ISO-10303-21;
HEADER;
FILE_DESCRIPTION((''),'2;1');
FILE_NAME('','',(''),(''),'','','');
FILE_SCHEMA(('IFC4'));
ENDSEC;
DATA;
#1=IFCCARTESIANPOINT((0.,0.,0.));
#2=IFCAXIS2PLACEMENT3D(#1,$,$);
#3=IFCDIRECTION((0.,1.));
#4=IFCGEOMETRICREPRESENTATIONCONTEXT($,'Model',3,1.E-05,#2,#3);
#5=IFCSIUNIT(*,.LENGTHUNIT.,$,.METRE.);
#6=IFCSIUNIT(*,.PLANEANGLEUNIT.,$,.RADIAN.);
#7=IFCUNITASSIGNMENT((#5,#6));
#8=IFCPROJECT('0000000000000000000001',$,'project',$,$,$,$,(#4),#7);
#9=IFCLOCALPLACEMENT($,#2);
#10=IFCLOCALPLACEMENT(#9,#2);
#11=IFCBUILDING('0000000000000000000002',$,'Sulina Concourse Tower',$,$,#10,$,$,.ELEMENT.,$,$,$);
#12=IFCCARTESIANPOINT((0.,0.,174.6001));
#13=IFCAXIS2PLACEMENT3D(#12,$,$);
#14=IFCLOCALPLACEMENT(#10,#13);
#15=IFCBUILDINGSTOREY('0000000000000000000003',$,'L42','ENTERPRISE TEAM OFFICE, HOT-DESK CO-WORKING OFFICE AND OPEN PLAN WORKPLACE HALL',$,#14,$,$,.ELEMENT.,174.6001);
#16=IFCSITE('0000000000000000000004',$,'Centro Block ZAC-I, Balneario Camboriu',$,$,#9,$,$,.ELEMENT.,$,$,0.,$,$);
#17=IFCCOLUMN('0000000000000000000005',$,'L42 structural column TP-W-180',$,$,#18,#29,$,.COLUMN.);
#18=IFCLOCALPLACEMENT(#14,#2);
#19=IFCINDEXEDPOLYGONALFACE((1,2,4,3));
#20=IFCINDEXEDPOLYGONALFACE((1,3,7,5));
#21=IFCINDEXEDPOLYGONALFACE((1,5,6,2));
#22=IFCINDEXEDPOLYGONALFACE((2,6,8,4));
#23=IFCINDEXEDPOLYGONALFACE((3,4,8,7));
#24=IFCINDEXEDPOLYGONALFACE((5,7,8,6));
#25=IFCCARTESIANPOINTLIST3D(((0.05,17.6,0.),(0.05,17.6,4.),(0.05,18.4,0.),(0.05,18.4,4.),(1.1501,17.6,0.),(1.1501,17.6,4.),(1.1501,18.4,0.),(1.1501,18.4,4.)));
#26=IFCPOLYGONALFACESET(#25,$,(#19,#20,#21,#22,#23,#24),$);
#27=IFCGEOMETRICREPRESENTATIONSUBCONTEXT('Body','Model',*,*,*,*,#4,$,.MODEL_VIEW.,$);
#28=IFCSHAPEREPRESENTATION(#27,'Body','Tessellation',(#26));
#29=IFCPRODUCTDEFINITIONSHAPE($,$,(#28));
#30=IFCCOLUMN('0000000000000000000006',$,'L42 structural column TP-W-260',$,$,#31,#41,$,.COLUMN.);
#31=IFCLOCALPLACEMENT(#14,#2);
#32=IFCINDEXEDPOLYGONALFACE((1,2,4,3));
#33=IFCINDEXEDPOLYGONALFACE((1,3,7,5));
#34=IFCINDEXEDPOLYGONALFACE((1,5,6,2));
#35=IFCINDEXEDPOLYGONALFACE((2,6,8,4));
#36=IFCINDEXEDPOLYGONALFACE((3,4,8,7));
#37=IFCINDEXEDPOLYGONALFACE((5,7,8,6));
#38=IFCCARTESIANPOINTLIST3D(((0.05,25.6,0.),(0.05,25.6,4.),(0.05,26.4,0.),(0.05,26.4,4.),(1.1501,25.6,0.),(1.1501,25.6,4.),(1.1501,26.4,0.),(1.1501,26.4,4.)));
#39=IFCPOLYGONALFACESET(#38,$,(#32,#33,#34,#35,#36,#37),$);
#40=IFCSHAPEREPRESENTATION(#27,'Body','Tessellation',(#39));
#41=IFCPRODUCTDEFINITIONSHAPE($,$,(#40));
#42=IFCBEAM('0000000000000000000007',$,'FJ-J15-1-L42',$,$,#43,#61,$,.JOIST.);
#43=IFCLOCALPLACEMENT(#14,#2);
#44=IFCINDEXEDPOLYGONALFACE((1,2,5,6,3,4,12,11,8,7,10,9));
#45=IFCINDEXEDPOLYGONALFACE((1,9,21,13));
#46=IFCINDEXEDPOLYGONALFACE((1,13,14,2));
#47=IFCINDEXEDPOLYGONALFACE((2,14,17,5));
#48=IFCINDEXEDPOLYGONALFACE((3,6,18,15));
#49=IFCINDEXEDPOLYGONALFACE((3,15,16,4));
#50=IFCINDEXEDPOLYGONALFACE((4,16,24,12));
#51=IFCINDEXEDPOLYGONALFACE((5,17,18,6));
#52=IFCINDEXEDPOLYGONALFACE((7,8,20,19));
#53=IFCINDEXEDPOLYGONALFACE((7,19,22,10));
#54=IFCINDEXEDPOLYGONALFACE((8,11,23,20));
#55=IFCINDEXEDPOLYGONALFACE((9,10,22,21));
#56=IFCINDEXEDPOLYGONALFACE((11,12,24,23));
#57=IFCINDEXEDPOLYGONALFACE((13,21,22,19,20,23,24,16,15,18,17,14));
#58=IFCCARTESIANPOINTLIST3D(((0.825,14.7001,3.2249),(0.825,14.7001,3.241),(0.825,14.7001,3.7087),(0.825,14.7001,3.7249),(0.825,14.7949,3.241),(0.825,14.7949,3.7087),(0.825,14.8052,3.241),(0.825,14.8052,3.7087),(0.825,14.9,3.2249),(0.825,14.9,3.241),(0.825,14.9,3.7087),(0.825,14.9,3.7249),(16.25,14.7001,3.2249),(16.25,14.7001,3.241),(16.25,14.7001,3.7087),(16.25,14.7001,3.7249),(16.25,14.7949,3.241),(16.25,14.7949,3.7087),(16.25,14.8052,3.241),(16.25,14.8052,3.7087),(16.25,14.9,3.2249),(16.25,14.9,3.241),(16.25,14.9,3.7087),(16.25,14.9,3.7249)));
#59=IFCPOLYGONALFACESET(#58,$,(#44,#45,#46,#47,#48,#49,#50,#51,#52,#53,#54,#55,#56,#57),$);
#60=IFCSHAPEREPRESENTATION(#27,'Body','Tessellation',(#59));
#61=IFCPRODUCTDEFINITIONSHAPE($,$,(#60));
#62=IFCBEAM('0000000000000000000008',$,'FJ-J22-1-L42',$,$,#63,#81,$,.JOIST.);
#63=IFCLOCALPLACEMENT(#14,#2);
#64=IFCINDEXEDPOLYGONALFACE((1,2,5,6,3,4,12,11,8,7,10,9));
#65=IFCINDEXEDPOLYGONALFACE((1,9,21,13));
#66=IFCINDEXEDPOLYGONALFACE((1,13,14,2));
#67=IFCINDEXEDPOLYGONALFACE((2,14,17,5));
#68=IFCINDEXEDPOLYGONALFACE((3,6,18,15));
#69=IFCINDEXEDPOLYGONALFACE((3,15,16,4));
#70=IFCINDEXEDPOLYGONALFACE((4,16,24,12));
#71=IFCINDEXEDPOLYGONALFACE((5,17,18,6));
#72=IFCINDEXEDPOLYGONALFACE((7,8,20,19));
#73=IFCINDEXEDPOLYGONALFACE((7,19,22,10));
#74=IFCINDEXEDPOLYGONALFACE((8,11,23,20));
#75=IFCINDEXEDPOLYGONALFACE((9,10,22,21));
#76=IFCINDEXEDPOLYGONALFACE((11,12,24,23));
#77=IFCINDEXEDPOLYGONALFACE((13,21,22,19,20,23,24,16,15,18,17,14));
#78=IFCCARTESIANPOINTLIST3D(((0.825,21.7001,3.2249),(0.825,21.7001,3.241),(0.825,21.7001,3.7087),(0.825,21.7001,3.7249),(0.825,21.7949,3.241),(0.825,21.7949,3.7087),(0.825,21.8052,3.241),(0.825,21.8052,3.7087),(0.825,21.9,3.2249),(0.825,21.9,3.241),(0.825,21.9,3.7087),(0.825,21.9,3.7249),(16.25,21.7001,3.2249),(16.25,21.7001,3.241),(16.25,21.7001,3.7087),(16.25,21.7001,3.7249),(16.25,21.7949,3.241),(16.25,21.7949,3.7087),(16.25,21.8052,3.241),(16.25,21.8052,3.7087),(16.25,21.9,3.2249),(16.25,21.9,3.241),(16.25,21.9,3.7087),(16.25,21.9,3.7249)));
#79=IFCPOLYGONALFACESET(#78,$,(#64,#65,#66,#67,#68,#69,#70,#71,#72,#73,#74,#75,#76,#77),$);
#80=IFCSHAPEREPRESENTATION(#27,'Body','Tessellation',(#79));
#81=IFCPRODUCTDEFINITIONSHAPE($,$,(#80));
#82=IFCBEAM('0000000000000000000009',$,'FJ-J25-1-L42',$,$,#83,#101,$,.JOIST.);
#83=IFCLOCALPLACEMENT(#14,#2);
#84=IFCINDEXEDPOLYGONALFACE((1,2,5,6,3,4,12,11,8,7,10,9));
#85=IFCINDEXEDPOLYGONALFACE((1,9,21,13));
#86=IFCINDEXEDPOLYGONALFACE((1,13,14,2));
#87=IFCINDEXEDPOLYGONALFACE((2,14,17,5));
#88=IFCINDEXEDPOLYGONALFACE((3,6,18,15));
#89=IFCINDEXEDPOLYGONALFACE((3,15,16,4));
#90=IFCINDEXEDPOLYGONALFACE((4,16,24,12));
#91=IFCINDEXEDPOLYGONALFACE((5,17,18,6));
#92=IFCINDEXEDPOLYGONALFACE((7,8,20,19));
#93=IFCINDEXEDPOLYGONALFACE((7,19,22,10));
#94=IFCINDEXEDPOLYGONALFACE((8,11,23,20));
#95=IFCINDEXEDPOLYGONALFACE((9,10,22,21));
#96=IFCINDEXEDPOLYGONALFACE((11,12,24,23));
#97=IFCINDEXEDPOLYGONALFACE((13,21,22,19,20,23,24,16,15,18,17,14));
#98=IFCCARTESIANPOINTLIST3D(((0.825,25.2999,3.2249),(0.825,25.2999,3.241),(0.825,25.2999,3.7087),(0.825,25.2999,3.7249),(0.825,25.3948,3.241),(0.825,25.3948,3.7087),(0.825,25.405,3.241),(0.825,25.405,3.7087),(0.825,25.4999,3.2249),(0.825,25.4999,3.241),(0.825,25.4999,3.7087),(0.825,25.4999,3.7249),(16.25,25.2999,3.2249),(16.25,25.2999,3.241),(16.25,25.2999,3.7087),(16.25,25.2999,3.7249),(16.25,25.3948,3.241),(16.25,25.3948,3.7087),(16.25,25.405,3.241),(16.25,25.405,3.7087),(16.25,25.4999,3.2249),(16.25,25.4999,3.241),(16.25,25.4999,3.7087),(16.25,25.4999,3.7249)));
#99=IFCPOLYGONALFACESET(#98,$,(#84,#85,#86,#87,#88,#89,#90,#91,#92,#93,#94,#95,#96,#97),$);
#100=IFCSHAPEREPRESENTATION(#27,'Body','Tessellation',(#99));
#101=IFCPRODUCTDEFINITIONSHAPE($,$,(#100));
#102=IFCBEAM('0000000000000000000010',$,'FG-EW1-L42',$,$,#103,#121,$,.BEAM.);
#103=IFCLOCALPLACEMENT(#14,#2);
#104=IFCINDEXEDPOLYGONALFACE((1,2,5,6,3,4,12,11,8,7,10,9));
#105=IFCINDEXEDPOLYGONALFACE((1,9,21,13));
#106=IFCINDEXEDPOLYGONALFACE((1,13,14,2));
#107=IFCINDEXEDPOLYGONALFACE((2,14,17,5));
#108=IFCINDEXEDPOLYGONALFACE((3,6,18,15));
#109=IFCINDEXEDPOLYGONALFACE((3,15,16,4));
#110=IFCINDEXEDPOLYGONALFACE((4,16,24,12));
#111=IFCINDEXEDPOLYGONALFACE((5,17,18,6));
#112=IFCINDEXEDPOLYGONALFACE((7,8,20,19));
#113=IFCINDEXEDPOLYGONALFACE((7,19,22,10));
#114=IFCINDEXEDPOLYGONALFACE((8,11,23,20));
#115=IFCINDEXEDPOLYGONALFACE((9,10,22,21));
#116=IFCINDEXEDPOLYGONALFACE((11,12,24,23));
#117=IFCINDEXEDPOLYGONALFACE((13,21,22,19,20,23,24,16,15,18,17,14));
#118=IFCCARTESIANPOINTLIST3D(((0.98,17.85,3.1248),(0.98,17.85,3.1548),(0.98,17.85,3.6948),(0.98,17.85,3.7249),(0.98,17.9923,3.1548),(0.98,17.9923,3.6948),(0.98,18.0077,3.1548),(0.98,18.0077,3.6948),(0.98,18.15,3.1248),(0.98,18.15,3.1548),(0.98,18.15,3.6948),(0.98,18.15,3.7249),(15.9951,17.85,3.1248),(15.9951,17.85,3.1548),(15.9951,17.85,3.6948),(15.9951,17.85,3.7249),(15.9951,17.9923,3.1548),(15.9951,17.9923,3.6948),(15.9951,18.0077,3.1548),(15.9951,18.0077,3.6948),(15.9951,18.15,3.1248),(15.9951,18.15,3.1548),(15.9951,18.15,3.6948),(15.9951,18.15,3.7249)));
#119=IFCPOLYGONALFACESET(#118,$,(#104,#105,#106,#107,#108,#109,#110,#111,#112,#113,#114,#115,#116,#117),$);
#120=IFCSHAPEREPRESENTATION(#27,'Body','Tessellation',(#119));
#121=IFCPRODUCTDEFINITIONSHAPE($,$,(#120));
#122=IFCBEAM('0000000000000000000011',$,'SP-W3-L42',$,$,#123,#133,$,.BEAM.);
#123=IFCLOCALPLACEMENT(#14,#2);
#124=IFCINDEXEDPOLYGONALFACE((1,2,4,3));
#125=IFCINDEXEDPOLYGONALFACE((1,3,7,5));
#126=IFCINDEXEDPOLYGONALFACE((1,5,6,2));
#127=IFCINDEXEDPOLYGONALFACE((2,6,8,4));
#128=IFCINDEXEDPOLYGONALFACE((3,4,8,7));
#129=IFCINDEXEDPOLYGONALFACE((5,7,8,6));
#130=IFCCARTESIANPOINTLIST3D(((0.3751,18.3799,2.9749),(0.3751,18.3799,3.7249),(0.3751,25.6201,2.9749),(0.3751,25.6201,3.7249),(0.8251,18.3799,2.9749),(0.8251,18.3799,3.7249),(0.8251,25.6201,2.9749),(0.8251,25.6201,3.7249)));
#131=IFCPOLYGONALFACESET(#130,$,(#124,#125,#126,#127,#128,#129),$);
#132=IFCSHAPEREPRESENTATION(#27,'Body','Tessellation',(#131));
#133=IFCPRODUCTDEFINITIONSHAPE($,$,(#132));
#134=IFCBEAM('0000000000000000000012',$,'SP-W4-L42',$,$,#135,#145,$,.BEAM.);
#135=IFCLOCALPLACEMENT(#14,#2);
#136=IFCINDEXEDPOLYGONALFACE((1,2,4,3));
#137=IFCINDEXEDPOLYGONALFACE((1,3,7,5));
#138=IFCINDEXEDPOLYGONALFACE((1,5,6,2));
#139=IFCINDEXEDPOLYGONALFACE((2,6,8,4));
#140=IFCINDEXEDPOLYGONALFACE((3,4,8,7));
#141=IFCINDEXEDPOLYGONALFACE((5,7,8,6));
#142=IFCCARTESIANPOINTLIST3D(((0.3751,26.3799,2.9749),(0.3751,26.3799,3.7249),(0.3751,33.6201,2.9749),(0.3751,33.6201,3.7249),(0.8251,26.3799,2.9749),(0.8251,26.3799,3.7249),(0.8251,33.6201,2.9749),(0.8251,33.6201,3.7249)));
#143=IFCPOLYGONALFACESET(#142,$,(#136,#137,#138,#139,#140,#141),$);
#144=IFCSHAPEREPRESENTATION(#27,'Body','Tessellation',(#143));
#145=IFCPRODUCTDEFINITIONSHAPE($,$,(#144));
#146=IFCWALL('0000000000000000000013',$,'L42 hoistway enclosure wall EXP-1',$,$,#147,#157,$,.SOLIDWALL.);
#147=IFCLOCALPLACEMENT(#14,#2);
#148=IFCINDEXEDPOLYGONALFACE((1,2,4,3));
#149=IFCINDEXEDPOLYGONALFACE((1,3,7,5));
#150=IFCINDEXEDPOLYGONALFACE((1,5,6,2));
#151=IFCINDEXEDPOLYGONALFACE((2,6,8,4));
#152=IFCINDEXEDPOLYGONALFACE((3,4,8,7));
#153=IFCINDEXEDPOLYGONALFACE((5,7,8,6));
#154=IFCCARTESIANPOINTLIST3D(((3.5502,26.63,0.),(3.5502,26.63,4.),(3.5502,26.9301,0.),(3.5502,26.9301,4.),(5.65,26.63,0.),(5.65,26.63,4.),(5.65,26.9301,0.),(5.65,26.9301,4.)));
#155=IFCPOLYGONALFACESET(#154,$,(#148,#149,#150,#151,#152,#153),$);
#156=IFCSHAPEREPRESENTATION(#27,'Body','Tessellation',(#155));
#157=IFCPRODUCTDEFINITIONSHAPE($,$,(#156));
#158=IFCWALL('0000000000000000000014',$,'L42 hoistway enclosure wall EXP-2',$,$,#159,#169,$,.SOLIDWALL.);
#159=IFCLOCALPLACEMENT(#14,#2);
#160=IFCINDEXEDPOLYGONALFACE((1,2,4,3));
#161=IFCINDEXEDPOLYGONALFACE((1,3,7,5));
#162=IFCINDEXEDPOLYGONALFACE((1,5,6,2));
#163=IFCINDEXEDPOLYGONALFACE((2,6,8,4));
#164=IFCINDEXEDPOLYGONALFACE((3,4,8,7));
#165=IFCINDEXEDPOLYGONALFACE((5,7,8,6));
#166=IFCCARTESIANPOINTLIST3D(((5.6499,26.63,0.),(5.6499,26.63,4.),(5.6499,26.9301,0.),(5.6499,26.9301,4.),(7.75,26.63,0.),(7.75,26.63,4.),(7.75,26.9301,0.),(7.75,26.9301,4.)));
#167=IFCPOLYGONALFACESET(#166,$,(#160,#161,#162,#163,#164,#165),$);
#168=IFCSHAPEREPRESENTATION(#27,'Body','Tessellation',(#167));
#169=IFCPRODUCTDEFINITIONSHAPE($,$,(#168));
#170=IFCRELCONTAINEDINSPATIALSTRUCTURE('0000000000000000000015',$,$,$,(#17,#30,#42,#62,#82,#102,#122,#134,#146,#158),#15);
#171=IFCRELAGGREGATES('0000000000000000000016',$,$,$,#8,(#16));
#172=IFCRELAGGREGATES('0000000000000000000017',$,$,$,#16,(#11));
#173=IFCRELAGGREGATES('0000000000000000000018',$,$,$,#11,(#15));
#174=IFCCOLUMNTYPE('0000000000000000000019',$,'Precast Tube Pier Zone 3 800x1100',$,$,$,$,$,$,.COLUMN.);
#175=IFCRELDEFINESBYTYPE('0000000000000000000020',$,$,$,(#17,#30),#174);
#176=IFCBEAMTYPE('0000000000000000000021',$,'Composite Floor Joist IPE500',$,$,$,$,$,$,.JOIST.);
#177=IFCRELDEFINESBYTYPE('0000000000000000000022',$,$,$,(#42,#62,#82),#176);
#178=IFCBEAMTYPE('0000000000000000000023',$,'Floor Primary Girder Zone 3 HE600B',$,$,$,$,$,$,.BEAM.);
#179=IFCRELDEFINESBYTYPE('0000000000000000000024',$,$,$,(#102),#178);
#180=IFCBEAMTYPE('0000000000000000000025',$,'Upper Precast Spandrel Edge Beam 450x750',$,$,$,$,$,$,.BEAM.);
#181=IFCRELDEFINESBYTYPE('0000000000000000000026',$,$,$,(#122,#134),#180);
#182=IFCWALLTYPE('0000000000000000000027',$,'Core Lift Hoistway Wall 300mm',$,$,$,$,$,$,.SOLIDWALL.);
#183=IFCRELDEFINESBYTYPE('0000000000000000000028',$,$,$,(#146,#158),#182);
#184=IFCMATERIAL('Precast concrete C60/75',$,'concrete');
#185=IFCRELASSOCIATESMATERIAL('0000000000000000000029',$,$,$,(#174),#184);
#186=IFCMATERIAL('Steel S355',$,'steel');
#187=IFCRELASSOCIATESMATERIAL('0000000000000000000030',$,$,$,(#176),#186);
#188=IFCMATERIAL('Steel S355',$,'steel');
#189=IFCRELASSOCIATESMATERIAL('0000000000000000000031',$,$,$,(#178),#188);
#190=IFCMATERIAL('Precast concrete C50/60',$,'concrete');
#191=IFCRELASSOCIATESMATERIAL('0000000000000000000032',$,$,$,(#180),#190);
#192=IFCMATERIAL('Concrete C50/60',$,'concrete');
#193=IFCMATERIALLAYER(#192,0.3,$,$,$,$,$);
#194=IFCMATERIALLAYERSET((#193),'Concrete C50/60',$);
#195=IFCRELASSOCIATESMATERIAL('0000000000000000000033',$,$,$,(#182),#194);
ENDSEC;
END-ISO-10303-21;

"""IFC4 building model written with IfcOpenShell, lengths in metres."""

from ifc_helpers import new_model, si_unit, direction, frame, frame_2d, origin, origin_2d, place, context, subcontext, project, spatial, rectangle, i_section, extrude, material, layer, layer_set, material_profile, profile_set, type_object, element, save


model = new_model("IFC4")

# Units and contexts
model_context = context("Model", 3, precision=1e-05, world=origin(), true_north=direction((0.0, 1.0)))
body_context = subcontext(model_context, "Body", "Model", "MODEL_VIEW")
ifc_project = project(units=[si_unit("LENGTHUNIT", "METRE"), si_unit("PLANEANGLEUNIT", "RADIAN")], contexts=[model_context])

# Site, building, storey
site_placement = place(None, origin())
site = spatial("IfcSite", under=ifc_project, at=site_placement, Name="Centro Block ZAC-I, Balneario Camboriu", CompositionType="ELEMENT", RefElevation=0.0)
building_placement = place(site_placement, origin())
building = spatial("IfcBuilding", under=site, at=building_placement, Name="Sulina Concourse Tower", CompositionType="ELEMENT")
storey_placement = place(building_placement, frame((0.0, 0.0, 174.6001)))
storey = spatial("IfcBuildingStorey", under=building, at=storey_placement, Name="L42", Description="ENTERPRISE TEAM OFFICE, HOT-DESK CO-WORKING OFFICE AND OPEN PLAN WORKPLACE HALL", CompositionType="ELEMENT", Elevation=174.6001)

# Columns
ifc_material_1 = material(Name="Precast concrete C60/75", Category="concrete")
ifc_material_profile_1 = material_profile(ifc_material_1, rectangle(XDim=0.8, YDim=1.1001, at=origin_2d()), Name="PC 800x1100")
ifc_profile_set_1 = profile_set([ifc_material_profile_1], Name="Precast concrete C60/75")
column_type = type_object("IfcColumnType", Name="Precast Tube Pier Zone 3 800x1100", PredefinedType="COLUMN", material=ifc_profile_set_1)
for number, where, z_axis, x_axis, name in (
    (1, (0.6001, 18.0, 0.0), (0.0, 0.0, 1.0), (0.0, 1.0, 0.0), "L42 structural column TP-W-180"),
    (2, (0.6001, 26.0, 0.0), (0.0, 0.0, 1.0), (0.0, 1.0, 0.0), "L42 structural column TP-W-260"),
):
    element("IfcColumn", number, at=place(storey_placement, frame(where, z_axis=z_axis, x_axis=x_axis)), inside=storey, type_object=column_type, Name=name, PredefinedType="COLUMN", context=body_context, shape_type="SweptSolid", body=[
        extrude(rectangle(XDim=0.8, YDim=1.1001, at=origin_2d()), origin(), (0.0, 0.0, 1.0), 4.0),
    ])

# Beams
ifc_material_2 = material(Name="Steel S355", Category="steel")
ifc_material_profile_2 = material_profile(ifc_material_2, i_section(OverallWidth=0.2, OverallDepth=0.5, WebThickness=0.0103, FlangeThickness=0.0161, at=origin_2d()), Name="IPE 500")
ifc_profile_set_2 = profile_set([ifc_material_profile_2], Name="Steel S355")
beam_type_1 = type_object("IfcBeamType", Name="Composite Floor Joist IPE500", PredefinedType="JOIST", material=ifc_profile_set_2)
for number, where, z_axis, x_axis, name in (
    (3, (0.825, 14.8, 3.4749), (1.0, 0.0, 0.0), (0.0, 1.0, 0.0), "FJ-J15-1-L42"),
    (4, (0.825, 21.8, 3.4749), (1.0, 0.0, 0.0), (0.0, 1.0, 0.0), "FJ-J22-1-L42"),
    (5, (0.825, 25.3999, 3.4749), (1.0, 0.0, 0.0), (0.0, 1.0, 0.0), "FJ-J25-1-L42"),
):
    element("IfcBeam", number, at=place(storey_placement, frame(where, z_axis=z_axis, x_axis=x_axis)), inside=storey, type_object=beam_type_1, Name=name, PredefinedType="JOIST", context=body_context, shape_type="SweptSolid", body=[
        extrude(i_section(OverallWidth=0.2, OverallDepth=0.5, WebThickness=0.0103, FlangeThickness=0.0161, at=origin_2d()), origin(), (0.0, 0.0, 1.0), 15.425),
    ])
ifc_material_3 = material(Name="Steel S355", Category="steel")
ifc_material_profile_3 = material_profile(ifc_material_3, i_section(OverallWidth=0.3, OverallDepth=0.6001, WebThickness=0.0154, FlangeThickness=0.03, at=origin_2d()), Name="HE 600 B")
ifc_profile_set_3 = profile_set([ifc_material_profile_3], Name="Steel S355")
beam_type_2 = type_object("IfcBeamType", Name="Floor Primary Girder Zone 3 HE600B", PredefinedType="BEAM", material=ifc_profile_set_3)
beam_placement = place(storey_placement, frame((0.98, 18.0, 3.4248), z_axis=(1.0, 0.0, 0.0), x_axis=(0.0, 1.0, 0.0)))
element("IfcBeam", 6, at=beam_placement, inside=storey, type_object=beam_type_2, Name="FG-EW1-L42", PredefinedType="BEAM", context=body_context, shape_type="SweptSolid", body=[
    extrude(i_section(OverallWidth=0.3, OverallDepth=0.6001, WebThickness=0.0154, FlangeThickness=0.03, at=origin_2d()), origin(), (0.0, 0.0, 1.0), 15.0151),
])
ifc_material_4 = material(Name="Precast concrete C50/60", Category="concrete")
ifc_material_profile_4 = material_profile(ifc_material_4, rectangle(XDim=0.45, YDim=0.75, at=origin_2d()), Name="RC 450x750")
ifc_profile_set_4 = profile_set([ifc_material_profile_4], Name="Precast concrete C50/60")
beam_type_3 = type_object("IfcBeamType", Name="Upper Precast Spandrel Edge Beam 450x750", PredefinedType="BEAM", material=ifc_profile_set_4)
for number, where, z_axis, x_axis, name in (
    (7, (0.6001, 18.3799, 3.3499), (0.0, 1.0, 0.0), (-1.0, 0.0, 0.0), "SP-W3-L42"),
    (8, (0.6001, 26.3799, 3.3499), (0.0, 1.0, 0.0), (-1.0, 0.0, 0.0), "SP-W4-L42"),
):
    element("IfcBeam", number, at=place(storey_placement, frame(where, z_axis=z_axis, x_axis=x_axis)), inside=storey, type_object=beam_type_3, Name=name, PredefinedType="BEAM", context=body_context, shape_type="SweptSolid", body=[
        extrude(rectangle(XDim=0.45, YDim=0.75, at=origin_2d()), origin(), (0.0, 0.0, 1.0), 7.2402),
    ])

# Walls
ifc_material_5 = material(Name="Concrete C50/60", Category="concrete")
ifc_layer_1 = layer(ifc_material_5, 0.3)
ifc_layer_set_1 = layer_set([ifc_layer_1], Name="Concrete C50/60")
wall_type_1 = type_object("IfcWallType", Name="Core Lift Hoistway Wall 300mm", PredefinedType="SOLIDWALL", material=ifc_layer_set_1)
wall_1_placement = place(storey_placement, frame((5.6499, 26.78, 0.0), z_axis=(0.0, 0.0, 1.0), x_axis=(-1.0, 0.0, 0.0)))
element("IfcWall", 9, at=wall_1_placement, inside=storey, type_object=wall_type_1, Name="L42 hoistway enclosure wall EXP-1", PredefinedType="SOLIDWALL", context=body_context, shape_type="SweptSolid", body=[
    extrude(rectangle(XDim=2.0999, YDim=0.3, at=frame_2d((1.0498, 0.0))), origin(), (0.0, 0.0, 1.0), 4.0),
])
wall_2_placement = place(storey_placement, frame((7.75, 26.78, 0.0), z_axis=(0.0, 0.0, 1.0), x_axis=(-1.0, 0.0, 0.0)))
element("IfcWall", 10, at=wall_2_placement, inside=storey, type_object=wall_type_1, Name="L42 hoistway enclosure wall EXP-2", PredefinedType="SOLIDWALL", context=body_context, shape_type="SweptSolid", body=[
    extrude(rectangle(XDim=2.1001, YDim=0.3, at=frame_2d((1.05, 0.0))), origin(), (0.0, 0.0, 1.0), 4.0),
])

save(model, "model.ifc")
